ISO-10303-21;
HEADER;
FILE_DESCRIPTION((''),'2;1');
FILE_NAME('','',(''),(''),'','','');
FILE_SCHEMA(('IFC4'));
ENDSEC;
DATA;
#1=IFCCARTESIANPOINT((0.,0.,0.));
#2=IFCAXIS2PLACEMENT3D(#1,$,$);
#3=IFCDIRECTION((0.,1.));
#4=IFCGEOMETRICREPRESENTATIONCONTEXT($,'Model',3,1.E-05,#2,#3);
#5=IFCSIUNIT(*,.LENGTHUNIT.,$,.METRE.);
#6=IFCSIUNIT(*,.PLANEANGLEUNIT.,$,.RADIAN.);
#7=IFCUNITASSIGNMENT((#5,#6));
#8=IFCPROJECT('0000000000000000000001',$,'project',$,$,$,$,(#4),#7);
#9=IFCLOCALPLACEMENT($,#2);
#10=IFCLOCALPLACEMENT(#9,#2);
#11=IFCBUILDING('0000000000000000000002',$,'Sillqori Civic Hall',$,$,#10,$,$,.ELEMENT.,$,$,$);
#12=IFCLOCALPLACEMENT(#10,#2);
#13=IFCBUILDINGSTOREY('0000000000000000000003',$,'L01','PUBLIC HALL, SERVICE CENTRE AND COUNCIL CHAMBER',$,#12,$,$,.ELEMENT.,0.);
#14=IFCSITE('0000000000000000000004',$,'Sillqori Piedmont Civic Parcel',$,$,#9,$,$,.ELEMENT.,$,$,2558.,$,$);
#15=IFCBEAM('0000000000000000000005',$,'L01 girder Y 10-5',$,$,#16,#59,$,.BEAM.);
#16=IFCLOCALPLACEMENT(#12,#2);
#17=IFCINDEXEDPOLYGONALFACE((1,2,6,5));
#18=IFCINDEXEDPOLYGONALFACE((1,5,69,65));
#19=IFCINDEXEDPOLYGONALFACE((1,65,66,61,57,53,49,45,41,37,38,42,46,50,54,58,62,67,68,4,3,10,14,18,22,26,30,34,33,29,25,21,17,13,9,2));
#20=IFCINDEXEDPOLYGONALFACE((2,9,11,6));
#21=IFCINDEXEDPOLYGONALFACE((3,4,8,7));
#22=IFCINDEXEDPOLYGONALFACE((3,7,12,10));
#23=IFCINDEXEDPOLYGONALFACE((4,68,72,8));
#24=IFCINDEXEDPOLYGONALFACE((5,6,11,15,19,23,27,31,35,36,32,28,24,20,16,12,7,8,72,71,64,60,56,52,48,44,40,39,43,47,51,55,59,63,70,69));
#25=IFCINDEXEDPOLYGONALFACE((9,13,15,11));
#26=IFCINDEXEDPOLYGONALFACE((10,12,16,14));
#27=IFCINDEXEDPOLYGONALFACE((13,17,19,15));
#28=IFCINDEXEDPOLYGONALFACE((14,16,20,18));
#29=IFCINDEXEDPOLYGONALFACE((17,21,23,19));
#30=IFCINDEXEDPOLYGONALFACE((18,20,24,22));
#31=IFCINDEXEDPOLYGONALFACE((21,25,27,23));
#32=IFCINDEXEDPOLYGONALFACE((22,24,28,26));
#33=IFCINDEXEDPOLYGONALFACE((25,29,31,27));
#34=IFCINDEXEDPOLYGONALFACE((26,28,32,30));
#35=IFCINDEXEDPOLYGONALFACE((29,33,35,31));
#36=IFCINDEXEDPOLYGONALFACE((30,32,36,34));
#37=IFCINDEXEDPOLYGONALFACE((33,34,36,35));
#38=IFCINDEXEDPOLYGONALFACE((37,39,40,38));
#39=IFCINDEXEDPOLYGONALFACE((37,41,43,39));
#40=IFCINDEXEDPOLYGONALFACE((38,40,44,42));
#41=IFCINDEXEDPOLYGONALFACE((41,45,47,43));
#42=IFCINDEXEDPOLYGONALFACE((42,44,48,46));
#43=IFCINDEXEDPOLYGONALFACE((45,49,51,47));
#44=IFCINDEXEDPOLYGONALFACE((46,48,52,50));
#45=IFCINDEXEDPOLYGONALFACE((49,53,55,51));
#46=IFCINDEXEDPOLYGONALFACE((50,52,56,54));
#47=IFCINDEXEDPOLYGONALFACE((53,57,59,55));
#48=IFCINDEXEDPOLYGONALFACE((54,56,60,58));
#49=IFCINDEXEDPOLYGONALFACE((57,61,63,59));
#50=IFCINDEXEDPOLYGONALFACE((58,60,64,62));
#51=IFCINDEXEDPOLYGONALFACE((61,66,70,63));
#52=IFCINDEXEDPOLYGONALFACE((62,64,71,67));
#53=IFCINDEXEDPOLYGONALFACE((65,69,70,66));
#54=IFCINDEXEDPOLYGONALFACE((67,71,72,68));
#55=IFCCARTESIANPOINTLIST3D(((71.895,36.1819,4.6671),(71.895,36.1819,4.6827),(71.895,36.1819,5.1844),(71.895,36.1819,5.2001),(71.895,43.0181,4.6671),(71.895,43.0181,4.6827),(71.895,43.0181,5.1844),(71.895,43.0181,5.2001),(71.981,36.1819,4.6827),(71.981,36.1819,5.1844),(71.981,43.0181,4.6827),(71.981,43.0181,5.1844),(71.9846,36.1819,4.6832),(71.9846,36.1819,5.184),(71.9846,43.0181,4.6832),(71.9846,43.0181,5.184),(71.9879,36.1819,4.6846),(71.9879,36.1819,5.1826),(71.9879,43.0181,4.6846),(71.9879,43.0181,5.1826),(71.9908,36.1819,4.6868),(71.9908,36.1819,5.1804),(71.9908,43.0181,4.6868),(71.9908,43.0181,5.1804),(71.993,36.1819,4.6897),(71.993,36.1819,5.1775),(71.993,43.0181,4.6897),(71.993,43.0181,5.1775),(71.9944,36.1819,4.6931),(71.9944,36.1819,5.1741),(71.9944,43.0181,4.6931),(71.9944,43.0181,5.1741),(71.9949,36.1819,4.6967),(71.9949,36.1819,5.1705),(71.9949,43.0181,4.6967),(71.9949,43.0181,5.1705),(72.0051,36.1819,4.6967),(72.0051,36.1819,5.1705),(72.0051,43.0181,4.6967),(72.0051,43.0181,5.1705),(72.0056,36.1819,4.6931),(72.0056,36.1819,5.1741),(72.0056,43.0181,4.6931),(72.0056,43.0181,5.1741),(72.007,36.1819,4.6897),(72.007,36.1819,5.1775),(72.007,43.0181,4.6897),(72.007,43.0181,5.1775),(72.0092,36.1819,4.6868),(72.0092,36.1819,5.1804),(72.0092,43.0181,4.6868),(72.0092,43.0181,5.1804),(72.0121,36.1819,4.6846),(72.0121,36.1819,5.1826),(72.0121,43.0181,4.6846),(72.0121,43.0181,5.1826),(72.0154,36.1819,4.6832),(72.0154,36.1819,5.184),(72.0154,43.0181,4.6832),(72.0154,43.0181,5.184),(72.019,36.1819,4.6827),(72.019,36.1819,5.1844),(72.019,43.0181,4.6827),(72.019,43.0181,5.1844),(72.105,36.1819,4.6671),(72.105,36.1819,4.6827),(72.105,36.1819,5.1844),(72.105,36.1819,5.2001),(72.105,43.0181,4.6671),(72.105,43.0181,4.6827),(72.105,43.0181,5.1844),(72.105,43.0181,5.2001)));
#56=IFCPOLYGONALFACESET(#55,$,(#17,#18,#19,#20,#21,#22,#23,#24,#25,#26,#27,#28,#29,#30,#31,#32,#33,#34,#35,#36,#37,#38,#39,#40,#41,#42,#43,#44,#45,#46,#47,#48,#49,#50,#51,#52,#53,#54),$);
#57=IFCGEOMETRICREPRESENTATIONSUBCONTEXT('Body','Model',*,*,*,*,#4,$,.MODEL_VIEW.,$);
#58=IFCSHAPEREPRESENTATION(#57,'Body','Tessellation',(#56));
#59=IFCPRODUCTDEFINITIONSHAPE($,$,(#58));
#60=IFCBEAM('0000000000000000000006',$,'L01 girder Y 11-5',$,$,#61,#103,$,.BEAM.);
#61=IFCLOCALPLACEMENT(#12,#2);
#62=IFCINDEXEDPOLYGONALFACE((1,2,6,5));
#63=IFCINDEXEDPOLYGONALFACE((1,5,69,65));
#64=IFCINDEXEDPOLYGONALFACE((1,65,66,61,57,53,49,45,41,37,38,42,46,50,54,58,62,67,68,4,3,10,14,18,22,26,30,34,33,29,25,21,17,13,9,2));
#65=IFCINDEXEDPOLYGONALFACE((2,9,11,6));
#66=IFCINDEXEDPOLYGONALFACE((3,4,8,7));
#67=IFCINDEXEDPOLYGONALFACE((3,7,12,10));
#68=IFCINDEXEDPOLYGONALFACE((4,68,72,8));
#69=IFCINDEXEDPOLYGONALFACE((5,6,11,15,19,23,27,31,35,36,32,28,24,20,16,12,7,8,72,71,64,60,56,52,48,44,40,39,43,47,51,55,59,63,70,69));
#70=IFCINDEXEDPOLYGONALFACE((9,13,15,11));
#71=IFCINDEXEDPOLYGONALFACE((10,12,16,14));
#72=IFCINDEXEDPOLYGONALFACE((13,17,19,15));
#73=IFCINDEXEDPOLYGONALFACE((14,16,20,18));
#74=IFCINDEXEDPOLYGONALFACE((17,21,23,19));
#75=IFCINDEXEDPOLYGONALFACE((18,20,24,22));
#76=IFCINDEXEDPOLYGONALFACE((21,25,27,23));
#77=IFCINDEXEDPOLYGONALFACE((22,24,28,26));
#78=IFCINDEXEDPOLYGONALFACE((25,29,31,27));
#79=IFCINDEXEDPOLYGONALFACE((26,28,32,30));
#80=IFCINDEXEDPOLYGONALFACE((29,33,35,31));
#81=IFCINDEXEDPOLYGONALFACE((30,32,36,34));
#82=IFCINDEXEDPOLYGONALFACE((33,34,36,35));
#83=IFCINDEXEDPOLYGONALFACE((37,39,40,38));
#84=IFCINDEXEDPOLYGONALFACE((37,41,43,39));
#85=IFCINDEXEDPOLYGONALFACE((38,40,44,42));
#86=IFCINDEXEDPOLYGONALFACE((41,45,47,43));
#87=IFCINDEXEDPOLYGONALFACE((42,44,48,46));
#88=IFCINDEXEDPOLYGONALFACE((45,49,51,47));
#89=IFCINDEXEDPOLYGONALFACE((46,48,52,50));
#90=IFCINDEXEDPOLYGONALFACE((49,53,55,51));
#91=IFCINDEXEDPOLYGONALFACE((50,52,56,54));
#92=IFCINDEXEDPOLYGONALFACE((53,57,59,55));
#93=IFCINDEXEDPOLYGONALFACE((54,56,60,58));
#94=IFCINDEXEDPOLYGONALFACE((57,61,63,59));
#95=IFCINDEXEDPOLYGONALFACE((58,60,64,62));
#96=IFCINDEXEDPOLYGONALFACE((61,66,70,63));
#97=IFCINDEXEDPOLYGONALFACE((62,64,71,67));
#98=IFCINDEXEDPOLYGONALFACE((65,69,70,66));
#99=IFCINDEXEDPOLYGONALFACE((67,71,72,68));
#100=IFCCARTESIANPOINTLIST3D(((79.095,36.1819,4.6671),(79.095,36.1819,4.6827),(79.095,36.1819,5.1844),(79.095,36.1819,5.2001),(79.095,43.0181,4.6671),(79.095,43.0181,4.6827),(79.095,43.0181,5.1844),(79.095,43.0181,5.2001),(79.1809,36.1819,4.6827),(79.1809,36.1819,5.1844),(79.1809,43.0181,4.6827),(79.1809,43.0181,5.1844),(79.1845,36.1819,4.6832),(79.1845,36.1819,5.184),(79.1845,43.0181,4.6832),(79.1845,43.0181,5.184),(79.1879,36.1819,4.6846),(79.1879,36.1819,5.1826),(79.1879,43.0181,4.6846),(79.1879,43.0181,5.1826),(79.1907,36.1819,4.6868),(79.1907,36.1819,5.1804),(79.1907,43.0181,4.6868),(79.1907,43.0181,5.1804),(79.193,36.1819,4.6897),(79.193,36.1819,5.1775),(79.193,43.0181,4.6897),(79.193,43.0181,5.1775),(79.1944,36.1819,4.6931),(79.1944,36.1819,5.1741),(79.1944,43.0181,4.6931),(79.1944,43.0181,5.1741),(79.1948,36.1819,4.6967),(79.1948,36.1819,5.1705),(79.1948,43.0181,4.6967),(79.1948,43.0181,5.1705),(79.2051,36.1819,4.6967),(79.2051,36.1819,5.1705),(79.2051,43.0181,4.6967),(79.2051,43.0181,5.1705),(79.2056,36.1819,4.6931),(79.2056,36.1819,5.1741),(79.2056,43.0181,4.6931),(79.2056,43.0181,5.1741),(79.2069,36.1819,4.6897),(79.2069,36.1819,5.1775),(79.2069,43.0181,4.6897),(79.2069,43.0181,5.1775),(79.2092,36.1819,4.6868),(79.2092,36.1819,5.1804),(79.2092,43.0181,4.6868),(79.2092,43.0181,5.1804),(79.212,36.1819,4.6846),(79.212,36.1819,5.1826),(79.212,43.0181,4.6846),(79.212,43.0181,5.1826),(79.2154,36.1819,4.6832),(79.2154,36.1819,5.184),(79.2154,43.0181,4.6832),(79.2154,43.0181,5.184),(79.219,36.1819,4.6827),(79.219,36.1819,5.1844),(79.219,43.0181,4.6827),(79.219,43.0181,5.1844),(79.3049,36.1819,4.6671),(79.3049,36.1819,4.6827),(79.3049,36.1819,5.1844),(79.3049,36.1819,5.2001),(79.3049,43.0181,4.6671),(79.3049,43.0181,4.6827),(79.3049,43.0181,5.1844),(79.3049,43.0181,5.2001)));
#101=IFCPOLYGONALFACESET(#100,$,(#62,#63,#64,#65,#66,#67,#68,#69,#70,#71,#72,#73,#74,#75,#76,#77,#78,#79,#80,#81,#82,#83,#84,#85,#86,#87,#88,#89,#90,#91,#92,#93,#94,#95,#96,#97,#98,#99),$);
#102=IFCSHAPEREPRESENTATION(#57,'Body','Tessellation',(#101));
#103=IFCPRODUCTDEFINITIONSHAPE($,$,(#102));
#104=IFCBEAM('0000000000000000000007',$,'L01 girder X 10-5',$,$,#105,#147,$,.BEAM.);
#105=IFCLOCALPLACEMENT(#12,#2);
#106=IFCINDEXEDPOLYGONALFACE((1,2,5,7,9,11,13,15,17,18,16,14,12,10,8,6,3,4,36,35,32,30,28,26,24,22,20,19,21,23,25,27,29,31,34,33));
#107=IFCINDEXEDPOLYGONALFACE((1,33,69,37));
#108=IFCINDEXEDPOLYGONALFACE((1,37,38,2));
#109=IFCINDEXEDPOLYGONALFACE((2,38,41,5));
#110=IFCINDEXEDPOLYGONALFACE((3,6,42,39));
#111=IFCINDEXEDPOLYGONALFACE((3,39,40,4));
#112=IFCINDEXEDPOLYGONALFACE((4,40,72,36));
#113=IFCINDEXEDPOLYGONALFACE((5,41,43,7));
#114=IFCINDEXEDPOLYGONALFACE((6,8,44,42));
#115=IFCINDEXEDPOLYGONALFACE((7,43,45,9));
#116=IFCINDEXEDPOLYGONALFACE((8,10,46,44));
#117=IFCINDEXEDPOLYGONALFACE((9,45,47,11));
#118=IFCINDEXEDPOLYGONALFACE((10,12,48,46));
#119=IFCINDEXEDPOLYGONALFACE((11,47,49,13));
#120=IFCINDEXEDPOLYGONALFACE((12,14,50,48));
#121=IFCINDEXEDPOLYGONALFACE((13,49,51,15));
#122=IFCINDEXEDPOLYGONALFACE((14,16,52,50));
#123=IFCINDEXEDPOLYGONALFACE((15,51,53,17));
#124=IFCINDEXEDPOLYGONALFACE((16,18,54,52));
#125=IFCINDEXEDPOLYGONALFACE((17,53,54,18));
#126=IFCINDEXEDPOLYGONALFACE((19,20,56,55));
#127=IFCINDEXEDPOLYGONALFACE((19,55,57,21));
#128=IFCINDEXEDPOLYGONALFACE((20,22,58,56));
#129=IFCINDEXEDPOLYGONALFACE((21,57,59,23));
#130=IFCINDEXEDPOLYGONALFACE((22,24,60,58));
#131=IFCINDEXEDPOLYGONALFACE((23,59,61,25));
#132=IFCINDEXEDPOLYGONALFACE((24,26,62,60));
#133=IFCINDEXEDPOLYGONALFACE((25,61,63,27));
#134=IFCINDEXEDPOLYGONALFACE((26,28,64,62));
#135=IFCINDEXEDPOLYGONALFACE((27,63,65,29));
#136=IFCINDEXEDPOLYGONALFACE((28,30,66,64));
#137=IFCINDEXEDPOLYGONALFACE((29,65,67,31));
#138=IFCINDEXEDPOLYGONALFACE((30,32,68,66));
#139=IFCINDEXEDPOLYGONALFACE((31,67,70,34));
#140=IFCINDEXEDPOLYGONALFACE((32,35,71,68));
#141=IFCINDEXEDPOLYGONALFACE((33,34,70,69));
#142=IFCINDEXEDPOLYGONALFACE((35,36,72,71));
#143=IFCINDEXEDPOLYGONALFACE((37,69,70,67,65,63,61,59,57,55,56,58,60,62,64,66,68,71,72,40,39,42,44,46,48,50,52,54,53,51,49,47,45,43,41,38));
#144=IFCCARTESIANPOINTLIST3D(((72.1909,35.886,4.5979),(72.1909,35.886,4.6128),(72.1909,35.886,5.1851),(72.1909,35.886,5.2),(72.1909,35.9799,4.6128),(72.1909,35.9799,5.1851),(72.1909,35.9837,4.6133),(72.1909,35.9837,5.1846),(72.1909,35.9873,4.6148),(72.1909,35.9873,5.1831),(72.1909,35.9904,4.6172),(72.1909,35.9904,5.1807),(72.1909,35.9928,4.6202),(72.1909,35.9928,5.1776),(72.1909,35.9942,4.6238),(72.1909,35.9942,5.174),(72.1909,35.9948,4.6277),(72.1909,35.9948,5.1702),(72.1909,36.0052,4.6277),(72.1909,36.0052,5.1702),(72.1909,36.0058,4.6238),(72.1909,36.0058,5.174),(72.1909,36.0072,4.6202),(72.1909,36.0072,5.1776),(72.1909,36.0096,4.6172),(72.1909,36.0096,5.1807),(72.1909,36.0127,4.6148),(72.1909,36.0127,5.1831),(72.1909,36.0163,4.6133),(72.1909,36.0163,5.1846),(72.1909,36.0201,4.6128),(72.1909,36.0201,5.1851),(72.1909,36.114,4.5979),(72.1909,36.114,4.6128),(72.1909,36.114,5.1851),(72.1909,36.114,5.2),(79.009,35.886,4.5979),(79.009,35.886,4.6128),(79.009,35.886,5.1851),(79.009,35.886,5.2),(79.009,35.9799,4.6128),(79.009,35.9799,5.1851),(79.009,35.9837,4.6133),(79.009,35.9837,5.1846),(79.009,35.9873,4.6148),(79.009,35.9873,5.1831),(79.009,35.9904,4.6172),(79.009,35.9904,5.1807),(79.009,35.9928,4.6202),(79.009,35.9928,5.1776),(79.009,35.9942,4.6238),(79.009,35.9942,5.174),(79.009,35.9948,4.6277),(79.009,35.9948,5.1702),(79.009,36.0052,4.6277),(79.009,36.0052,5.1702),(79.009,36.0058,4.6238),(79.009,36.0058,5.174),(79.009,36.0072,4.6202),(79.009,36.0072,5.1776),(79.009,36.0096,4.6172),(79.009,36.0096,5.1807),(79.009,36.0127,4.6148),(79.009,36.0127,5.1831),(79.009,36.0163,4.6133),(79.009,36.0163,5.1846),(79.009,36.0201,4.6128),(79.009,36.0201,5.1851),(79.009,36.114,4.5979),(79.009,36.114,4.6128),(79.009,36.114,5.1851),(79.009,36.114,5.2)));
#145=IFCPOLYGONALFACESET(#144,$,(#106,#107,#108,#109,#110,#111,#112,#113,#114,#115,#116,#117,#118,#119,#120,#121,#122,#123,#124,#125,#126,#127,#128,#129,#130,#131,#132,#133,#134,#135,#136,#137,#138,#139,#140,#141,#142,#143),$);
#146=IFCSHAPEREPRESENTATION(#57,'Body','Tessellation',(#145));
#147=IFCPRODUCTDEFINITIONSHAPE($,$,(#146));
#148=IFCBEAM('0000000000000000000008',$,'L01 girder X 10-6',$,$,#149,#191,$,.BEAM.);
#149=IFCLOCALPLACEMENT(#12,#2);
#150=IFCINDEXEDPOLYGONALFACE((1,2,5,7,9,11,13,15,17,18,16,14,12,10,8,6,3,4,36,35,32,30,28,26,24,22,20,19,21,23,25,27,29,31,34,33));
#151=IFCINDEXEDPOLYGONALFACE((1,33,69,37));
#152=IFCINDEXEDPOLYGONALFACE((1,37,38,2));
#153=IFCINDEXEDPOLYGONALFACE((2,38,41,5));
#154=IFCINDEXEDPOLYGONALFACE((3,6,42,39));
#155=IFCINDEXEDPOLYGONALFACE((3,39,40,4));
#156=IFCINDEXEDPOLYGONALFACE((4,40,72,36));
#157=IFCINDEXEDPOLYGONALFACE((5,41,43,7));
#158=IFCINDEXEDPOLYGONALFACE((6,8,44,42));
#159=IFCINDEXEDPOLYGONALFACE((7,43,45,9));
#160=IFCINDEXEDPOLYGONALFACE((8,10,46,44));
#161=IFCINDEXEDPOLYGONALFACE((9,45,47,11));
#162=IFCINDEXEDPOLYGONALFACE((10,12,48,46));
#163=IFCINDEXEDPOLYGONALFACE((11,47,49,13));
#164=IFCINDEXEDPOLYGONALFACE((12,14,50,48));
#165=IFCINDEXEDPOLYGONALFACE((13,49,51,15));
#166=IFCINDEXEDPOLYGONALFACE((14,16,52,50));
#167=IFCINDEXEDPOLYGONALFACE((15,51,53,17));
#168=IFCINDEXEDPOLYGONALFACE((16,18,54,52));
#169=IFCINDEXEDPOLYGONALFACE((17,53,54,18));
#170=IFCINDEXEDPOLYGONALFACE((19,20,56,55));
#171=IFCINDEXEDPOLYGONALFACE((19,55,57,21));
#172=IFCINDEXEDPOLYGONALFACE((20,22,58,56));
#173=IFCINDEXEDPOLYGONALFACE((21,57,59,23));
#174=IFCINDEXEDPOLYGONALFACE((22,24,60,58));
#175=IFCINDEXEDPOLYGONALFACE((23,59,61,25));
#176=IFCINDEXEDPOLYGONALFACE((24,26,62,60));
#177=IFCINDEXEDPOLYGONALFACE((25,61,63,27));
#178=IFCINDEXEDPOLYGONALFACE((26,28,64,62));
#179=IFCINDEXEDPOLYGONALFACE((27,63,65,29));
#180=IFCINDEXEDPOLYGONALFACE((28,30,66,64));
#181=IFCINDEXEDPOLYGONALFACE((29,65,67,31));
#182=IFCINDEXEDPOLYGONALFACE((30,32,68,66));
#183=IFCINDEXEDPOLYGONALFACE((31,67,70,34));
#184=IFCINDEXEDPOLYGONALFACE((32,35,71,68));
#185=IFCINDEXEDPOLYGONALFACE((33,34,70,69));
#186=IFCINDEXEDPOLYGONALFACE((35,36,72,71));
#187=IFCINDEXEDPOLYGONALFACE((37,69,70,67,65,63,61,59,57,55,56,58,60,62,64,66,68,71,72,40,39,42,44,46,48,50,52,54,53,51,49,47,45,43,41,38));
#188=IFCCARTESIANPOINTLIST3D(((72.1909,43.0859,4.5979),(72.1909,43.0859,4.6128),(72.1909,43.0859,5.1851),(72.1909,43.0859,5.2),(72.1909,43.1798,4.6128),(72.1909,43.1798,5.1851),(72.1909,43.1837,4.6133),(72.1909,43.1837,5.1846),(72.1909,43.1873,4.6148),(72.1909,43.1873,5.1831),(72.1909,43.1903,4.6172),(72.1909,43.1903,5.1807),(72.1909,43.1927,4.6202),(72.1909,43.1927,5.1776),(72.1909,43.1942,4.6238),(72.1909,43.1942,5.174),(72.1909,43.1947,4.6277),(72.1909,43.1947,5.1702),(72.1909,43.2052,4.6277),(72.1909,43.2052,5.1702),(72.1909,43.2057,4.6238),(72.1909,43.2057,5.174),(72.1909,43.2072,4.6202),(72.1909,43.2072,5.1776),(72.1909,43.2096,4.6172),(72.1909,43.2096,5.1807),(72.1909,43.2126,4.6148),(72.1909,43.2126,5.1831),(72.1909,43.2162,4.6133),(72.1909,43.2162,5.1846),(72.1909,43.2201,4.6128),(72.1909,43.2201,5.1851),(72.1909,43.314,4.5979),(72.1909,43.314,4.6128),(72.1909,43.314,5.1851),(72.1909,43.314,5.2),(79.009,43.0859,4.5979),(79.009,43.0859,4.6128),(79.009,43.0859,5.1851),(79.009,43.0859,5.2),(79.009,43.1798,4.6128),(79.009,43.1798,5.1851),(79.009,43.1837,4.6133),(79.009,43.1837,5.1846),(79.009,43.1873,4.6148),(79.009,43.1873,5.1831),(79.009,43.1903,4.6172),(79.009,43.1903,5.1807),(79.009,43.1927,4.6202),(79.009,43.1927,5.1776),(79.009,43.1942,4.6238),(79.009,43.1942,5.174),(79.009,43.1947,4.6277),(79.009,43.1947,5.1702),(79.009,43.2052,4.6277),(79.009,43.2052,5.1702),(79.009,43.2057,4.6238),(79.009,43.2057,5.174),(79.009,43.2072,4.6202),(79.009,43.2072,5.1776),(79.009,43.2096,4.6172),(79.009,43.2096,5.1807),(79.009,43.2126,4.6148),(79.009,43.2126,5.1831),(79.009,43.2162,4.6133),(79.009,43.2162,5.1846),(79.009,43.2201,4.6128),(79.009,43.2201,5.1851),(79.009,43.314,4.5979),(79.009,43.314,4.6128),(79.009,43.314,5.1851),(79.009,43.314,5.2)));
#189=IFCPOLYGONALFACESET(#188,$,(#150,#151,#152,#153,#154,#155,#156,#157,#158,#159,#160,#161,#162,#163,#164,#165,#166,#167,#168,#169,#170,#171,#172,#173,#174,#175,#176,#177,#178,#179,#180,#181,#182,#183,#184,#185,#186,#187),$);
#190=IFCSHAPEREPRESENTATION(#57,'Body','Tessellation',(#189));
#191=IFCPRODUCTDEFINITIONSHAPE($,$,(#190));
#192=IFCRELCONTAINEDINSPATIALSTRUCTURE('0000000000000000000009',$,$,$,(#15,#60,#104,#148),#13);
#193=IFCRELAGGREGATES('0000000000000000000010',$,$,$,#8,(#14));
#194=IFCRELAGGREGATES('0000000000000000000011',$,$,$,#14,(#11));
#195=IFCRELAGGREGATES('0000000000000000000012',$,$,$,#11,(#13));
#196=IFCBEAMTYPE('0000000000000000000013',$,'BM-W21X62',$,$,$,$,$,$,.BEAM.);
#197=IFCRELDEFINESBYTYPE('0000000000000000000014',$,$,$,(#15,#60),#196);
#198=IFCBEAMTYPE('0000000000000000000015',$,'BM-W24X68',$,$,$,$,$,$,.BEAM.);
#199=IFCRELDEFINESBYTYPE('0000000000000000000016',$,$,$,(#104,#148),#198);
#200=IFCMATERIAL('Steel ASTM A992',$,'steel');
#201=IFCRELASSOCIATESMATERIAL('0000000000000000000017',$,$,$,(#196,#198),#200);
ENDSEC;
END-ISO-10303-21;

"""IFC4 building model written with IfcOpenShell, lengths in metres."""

from ifc_helpers import new_model, si_unit, direction, frame, origin, origin_2d, place, context, subcontext, project, spatial, i_section, extrude, material, material_profile, profile_set, type_object, element, save


model = new_model("IFC4")

# Units and contexts
model_context = context("Model", 3, precision=1e-05, world=origin(), true_north=direction((0.0, 1.0)))
body_context = subcontext(model_context, "Body", "Model", "MODEL_VIEW")
ifc_project = project(units=[si_unit("LENGTHUNIT", "METRE"), si_unit("PLANEANGLEUNIT", "RADIAN")], contexts=[model_context])

# Site, building, storey
site_placement = place(None, origin())
site = spatial("IfcSite", under=ifc_project, at=site_placement, Name="Sillqori Piedmont Civic Parcel", CompositionType="ELEMENT", RefElevation=2558.0)
building_placement = place(site_placement, origin())
building = spatial("IfcBuilding", under=site, at=building_placement, Name="Sillqori Civic Hall", CompositionType="ELEMENT")
storey_placement = place(building_placement, origin())
storey = spatial("IfcBuildingStorey", under=building, at=storey_placement, Name="L01", Description="PUBLIC HALL, SERVICE CENTRE AND COUNCIL CHAMBER", CompositionType="ELEMENT", Elevation=0.0)

# Shared definitions
ifc_material_1 = material(Name="Steel ASTM A992", Category="steel")

# Beams
ifc_material_profile_1 = material_profile(ifc_material_1, i_section(OverallWidth=0.21, OverallDepth=0.533, WebThickness=0.0103, FlangeThickness=0.0156, FilletRadius=0.0139, at=origin_2d()), Name="W21X62")
ifc_profile_set_1 = profile_set([ifc_material_profile_1], Name="Steel ASTM A992")
beam_type_1 = type_object("IfcBeamType", Name="BM-W21X62", PredefinedType="BEAM", material=ifc_profile_set_1)
for number, where, z_axis, x_axis, name in (
    (1, (72.0, 36.1819, 4.9336), (0.0, 1.0, 0.0), (-1.0, 0.0, 0.0), "L01 girder Y 10-5"),
    (2, (79.2, 36.1819, 4.9336), (0.0, 1.0, 0.0), (-1.0, 0.0, 0.0), "L01 girder Y 11-5"),
):
    element("IfcBeam", number, at=place(storey_placement, frame(where, z_axis=z_axis, x_axis=x_axis)), inside=storey, type_object=beam_type_1, Name=name, PredefinedType="BEAM", context=body_context, shape_type="SweptSolid", body=[
        extrude(i_section(OverallWidth=0.21, OverallDepth=0.533, WebThickness=0.0103, FlangeThickness=0.0156, FilletRadius=0.0139, at=origin_2d()), origin(), (0.0, 0.0, 1.0), 6.8362),
    ])
ifc_material_profile_2 = material_profile(ifc_material_1, i_section(OverallWidth=0.228, OverallDepth=0.6021, WebThickness=0.0105, FlangeThickness=0.0149, FilletRadius=0.0149, at=origin_2d()), Name="W24X68")
ifc_profile_set_2 = profile_set([ifc_material_profile_2], Name="Steel ASTM A992")
beam_type_2 = type_object("IfcBeamType", Name="BM-W24X68", PredefinedType="BEAM", material=ifc_profile_set_2)
for number, where, z_axis, x_axis, name in (
    (3, (72.1909, 36.0, 4.8989), (1.0, 0.0, 0.0), (0.0, 1.0, 0.0), "L01 girder X 10-5"),
    (4, (72.1909, 43.2, 4.8989), (1.0, 0.0, 0.0), (0.0, 1.0, 0.0), "L01 girder X 10-6"),
):
    element("IfcBeam", number, at=place(storey_placement, frame(where, z_axis=z_axis, x_axis=x_axis)), inside=storey, type_object=beam_type_2, Name=name, PredefinedType="BEAM", context=body_context, shape_type="SweptSolid", body=[
        extrude(i_section(OverallWidth=0.228, OverallDepth=0.6021, WebThickness=0.0105, FlangeThickness=0.0149, FilletRadius=0.0149, at=origin_2d()), origin(), (0.0, 0.0, 1.0), 6.8181),
    ])

save(model, "model.ifc")
